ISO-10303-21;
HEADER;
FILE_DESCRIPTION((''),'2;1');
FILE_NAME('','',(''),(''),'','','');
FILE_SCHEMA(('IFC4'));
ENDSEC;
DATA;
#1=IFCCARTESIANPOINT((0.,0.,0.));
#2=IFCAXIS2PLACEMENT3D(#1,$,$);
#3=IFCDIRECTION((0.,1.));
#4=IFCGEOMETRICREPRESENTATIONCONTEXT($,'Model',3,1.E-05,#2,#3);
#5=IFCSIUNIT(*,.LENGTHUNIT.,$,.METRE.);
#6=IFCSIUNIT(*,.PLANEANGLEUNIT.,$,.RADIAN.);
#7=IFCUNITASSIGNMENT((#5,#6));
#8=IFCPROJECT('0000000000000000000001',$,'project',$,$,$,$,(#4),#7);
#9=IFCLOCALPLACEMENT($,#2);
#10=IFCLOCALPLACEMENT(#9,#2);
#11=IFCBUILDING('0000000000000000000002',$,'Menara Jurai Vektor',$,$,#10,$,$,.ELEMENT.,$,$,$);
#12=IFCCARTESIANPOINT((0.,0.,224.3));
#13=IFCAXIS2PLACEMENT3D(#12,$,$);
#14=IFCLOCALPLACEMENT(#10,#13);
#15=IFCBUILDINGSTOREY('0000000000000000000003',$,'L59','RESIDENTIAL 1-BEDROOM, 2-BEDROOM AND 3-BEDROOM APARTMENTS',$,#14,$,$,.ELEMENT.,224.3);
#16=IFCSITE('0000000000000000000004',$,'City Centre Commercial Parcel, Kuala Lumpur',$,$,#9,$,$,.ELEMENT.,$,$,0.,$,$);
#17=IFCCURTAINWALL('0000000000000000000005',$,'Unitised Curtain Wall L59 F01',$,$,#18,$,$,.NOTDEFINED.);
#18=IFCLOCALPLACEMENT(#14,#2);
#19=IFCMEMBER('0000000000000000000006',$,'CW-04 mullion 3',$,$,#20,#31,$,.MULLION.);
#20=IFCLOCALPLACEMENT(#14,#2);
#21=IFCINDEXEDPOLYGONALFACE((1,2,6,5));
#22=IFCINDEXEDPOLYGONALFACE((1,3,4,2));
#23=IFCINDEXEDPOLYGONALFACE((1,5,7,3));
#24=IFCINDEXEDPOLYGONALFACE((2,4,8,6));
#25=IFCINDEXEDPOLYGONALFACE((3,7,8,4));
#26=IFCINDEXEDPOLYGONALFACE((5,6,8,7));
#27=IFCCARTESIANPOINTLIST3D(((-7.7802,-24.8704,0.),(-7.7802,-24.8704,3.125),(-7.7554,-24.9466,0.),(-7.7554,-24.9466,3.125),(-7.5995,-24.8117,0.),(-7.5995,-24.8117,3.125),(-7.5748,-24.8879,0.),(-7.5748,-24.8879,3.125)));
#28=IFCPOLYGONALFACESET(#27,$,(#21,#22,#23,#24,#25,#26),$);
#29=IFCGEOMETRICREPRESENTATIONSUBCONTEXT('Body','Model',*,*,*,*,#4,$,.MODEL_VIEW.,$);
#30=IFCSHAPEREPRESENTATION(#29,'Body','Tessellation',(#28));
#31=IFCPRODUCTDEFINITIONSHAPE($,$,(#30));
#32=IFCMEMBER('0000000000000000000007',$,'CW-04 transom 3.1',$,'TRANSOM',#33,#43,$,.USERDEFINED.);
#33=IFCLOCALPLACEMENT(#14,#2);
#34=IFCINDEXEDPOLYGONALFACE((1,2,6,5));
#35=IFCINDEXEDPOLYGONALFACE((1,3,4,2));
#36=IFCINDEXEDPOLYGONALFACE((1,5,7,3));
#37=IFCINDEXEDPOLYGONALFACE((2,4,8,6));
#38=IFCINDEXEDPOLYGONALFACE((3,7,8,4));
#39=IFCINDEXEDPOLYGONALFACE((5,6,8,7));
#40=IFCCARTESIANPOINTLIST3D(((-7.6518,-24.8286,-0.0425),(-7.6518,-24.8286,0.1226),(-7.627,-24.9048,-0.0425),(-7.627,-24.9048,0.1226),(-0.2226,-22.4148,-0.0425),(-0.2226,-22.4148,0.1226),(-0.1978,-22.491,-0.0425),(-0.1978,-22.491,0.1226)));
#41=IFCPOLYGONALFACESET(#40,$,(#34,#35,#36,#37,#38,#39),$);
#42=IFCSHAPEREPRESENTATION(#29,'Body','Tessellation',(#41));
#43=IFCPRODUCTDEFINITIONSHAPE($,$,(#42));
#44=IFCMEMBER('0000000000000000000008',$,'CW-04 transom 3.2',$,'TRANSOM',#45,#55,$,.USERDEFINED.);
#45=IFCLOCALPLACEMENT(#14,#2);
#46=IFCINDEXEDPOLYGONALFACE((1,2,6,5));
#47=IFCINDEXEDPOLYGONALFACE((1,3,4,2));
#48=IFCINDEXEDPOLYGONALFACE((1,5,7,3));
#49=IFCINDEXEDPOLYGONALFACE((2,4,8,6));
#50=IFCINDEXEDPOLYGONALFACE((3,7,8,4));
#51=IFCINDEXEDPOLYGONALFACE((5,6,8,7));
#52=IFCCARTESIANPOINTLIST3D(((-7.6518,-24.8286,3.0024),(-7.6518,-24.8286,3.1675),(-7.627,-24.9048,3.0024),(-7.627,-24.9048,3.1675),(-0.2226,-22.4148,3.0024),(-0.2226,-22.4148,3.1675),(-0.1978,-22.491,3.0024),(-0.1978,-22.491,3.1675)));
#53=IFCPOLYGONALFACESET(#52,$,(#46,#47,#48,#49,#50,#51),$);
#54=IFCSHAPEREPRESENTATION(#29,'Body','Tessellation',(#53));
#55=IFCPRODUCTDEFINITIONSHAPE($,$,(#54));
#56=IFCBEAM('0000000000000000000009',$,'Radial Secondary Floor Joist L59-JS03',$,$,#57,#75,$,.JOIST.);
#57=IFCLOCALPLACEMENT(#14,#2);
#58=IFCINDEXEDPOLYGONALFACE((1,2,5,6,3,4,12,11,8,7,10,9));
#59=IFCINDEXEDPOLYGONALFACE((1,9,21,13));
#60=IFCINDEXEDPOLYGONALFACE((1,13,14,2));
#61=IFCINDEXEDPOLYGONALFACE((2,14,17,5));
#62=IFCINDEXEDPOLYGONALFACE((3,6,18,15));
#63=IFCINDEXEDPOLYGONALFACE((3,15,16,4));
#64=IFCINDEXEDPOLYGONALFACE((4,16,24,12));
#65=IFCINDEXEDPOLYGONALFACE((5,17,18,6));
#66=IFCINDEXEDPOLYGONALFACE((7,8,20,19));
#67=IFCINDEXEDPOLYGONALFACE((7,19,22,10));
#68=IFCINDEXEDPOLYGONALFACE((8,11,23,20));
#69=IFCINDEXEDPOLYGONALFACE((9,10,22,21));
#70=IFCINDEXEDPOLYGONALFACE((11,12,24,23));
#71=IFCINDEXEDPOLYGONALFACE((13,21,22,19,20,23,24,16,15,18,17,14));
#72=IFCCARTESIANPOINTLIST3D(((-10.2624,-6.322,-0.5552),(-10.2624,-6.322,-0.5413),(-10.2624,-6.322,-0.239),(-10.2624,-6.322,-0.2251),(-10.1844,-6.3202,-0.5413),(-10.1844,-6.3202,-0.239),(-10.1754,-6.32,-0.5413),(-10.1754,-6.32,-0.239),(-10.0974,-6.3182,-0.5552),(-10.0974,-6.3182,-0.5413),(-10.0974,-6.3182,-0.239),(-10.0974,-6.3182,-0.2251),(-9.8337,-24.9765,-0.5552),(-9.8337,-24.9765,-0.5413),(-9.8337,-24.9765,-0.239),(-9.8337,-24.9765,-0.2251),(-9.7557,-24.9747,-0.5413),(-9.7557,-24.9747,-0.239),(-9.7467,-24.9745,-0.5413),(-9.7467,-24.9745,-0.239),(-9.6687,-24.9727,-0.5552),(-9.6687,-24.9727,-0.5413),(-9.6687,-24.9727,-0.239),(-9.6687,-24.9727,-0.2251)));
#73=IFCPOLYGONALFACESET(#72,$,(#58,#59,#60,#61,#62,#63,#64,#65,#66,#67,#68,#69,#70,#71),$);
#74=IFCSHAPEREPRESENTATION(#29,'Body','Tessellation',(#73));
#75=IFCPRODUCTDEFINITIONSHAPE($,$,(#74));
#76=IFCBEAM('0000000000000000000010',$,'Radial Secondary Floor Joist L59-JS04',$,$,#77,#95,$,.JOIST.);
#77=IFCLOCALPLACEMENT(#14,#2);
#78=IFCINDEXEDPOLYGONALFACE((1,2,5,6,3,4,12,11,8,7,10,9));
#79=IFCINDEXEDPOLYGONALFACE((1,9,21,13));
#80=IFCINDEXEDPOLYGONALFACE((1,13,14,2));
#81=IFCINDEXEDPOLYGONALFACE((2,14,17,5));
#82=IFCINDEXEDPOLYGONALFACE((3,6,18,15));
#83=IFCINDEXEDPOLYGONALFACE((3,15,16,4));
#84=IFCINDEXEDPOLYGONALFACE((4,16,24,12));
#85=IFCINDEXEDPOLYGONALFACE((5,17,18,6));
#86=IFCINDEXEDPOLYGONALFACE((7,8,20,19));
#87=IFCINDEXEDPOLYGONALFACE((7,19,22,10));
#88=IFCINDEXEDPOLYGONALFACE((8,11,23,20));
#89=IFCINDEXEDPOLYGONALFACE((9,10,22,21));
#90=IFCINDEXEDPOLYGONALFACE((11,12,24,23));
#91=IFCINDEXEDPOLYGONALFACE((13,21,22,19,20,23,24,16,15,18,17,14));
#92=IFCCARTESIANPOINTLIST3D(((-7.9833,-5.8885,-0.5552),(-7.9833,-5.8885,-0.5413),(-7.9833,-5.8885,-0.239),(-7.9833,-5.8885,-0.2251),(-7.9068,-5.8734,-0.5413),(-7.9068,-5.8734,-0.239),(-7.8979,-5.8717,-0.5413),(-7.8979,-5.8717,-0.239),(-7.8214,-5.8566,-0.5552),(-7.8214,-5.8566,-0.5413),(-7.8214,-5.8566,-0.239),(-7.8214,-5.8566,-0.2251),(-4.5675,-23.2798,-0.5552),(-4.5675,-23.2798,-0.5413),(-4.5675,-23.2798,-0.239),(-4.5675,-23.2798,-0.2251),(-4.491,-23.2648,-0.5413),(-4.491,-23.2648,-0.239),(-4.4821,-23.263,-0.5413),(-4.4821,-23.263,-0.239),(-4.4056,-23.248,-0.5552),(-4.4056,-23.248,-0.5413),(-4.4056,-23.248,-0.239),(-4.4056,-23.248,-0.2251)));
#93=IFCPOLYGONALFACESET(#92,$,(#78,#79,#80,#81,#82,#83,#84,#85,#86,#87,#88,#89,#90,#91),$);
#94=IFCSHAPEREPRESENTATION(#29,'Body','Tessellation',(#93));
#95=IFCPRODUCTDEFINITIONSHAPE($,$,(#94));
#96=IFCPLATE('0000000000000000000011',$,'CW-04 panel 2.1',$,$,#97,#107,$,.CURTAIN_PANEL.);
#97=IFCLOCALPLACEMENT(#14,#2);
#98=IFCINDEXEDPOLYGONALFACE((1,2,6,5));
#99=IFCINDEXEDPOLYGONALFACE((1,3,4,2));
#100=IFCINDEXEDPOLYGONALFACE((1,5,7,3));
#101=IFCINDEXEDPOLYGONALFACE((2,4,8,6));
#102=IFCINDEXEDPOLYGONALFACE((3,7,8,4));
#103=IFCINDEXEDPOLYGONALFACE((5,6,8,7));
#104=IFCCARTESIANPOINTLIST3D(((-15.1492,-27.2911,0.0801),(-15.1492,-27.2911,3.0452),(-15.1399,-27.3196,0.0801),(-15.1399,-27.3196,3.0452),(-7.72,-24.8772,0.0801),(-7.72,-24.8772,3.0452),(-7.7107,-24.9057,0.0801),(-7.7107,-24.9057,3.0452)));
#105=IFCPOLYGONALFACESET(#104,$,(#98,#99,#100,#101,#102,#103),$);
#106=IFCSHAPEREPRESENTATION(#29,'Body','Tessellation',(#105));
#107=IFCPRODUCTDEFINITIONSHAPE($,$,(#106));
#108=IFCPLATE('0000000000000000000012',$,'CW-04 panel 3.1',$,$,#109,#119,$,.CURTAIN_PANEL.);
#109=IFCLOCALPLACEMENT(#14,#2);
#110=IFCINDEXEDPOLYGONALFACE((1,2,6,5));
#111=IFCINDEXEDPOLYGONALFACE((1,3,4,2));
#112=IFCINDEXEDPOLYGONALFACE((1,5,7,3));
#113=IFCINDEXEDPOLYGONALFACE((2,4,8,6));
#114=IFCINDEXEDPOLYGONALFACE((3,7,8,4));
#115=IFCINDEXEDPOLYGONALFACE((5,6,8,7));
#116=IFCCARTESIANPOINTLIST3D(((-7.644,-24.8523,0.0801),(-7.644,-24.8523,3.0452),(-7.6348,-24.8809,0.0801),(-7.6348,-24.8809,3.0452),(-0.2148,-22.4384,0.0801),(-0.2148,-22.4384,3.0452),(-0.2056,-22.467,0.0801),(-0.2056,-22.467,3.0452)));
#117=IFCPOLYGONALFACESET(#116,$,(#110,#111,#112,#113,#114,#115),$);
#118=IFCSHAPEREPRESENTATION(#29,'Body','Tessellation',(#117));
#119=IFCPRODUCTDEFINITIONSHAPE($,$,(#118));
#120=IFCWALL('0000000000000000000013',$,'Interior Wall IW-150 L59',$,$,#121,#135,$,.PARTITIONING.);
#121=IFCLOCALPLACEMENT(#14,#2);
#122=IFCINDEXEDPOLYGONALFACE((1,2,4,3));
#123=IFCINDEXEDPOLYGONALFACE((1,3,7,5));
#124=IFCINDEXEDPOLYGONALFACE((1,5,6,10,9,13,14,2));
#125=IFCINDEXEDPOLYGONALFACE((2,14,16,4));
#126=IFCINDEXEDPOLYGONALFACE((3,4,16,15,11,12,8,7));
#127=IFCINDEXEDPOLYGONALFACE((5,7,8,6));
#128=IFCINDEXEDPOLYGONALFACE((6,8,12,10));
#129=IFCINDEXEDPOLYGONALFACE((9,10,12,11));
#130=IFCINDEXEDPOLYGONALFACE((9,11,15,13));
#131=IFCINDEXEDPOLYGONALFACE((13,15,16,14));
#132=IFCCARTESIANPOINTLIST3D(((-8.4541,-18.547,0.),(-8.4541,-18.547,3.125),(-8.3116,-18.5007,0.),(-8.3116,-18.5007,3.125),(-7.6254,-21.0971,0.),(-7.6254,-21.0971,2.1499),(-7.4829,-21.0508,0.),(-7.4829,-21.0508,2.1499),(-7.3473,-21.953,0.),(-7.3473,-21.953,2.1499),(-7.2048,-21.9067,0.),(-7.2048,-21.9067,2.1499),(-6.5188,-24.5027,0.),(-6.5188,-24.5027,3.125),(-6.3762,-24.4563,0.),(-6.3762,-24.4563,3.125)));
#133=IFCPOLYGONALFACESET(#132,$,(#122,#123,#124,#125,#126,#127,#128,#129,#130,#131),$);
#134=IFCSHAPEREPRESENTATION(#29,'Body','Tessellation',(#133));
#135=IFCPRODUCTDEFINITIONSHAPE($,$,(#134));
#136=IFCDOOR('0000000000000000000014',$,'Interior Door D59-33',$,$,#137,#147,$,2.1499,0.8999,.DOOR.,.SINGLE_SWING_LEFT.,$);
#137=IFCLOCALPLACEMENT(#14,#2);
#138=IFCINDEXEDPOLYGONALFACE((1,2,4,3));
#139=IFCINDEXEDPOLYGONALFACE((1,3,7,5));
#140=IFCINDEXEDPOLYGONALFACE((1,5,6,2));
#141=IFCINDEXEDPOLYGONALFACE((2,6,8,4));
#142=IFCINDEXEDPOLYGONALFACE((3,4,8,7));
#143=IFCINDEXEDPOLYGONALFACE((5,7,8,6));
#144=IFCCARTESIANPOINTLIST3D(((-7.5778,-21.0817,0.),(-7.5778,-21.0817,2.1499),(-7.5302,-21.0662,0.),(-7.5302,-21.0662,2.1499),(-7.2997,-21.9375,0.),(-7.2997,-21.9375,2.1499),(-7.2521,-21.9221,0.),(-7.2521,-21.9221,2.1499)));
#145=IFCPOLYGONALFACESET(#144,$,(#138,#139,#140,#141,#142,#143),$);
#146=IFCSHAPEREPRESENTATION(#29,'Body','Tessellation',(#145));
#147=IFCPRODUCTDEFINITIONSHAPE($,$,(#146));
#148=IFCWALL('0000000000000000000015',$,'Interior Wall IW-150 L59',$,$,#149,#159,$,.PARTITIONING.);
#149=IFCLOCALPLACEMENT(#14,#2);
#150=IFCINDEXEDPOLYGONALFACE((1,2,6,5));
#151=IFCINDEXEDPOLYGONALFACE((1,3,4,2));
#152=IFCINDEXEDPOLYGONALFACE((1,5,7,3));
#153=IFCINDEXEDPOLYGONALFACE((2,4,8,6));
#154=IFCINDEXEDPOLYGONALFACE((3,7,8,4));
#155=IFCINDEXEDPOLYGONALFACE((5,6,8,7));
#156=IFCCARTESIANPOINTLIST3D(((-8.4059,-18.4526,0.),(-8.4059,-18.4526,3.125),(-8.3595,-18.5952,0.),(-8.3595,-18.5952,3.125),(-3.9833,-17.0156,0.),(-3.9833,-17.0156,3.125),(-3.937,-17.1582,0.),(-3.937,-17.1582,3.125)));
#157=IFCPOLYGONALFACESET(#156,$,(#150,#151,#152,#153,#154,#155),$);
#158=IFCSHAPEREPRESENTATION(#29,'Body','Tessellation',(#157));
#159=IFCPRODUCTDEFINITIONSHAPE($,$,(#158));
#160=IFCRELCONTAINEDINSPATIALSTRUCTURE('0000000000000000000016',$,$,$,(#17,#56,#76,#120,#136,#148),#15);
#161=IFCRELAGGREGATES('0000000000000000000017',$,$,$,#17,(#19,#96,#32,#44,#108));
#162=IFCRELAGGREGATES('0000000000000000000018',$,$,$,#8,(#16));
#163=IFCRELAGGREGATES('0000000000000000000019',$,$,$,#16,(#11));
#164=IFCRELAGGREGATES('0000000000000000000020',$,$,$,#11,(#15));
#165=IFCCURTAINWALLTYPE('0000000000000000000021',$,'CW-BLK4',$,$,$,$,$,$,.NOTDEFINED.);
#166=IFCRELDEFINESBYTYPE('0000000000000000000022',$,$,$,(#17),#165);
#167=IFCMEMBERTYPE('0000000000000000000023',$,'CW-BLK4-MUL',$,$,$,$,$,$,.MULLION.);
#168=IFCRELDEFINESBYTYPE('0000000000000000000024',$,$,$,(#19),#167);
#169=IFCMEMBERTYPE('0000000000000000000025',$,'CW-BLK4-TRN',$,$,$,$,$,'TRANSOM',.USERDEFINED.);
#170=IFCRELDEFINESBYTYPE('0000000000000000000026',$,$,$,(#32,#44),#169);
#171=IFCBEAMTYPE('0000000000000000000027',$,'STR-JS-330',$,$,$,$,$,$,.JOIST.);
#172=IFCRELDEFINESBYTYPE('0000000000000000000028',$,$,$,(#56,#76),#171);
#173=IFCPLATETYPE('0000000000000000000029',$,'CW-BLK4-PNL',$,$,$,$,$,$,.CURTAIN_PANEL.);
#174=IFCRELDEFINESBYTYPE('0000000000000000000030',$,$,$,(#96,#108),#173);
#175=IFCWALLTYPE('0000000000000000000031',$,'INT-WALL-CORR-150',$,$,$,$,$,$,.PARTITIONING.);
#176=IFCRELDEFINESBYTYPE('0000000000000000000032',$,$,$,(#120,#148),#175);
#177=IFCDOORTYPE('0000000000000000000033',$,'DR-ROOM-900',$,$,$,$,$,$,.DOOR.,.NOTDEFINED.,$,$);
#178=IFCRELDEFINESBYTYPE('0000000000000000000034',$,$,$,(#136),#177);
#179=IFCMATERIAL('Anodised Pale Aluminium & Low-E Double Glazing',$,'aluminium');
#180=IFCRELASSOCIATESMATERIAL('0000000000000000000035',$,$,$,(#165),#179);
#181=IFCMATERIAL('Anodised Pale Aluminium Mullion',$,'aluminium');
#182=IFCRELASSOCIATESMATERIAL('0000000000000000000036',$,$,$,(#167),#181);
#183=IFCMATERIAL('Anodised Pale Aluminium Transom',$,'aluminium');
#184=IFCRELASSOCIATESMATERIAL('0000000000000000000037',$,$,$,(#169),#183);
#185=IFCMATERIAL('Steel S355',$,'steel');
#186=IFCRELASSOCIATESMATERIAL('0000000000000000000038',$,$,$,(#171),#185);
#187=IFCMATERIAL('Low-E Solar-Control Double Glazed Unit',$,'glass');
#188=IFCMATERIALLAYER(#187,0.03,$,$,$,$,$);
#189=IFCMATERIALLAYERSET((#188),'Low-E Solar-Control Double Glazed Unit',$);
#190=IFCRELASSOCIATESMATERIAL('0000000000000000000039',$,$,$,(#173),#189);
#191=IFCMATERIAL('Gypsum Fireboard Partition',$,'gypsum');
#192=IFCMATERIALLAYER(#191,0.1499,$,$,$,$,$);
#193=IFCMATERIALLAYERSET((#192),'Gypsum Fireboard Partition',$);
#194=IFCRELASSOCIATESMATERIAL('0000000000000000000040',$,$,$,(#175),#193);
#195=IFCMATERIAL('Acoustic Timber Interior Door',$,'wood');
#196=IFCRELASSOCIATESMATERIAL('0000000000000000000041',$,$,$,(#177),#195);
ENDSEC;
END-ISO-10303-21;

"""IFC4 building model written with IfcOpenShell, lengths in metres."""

from ifc_helpers import new_model, si_unit, direction, frame, frame_2d, origin, origin_2d, place, context, subcontext, project, spatial, rectangle, i_section, extrude, material, layer, layer_set, material_profile, profile_set, type_object, element, fill, aggregate, save


model = new_model("IFC4")

# Units and contexts
model_context = context("Model", 3, precision=1e-05, world=origin(), true_north=direction((0.0, 1.0)))
body_context = subcontext(model_context, "Body", "Model", "MODEL_VIEW")
ifc_project = project(units=[si_unit("LENGTHUNIT", "METRE"), si_unit("PLANEANGLEUNIT", "RADIAN")], contexts=[model_context])

# Site, building, storey
site_placement = place(None, origin())
site = spatial("IfcSite", under=ifc_project, at=site_placement, Name="City Centre Commercial Parcel, Kuala Lumpur", CompositionType="ELEMENT", RefElevation=0.0)
building_placement = place(site_placement, origin())
building = spatial("IfcBuilding", under=site, at=building_placement, Name="Menara Jurai Vektor", CompositionType="ELEMENT")
storey_placement = place(building_placement, frame((0.0, 0.0, 224.3)))
storey = spatial("IfcBuildingStorey", under=building, at=storey_placement, Name="L59", Description="RESIDENTIAL 1-BEDROOM, 2-BEDROOM AND 3-BEDROOM APARTMENTS", CompositionType="ELEMENT", Elevation=224.3)

# Curtain wall, members
ifc_material_1 = material(Name="Anodised Pale Aluminium & Low-E Double Glazing", Category="aluminium")
curtain_wall_type = type_object("IfcCurtainWallType", Name="CW-BLK4", PredefinedType="NOTDEFINED", material=ifc_material_1)
curtain_wall_placement = place(storey_placement, origin())
curtain_wall = element("IfcCurtainWall", 1, at=curtain_wall_placement, inside=storey, type_object=curtain_wall_type, Name="Unitised Curtain Wall L59 F01", PredefinedType="NOTDEFINED")
ifc_material_2 = material(Name="Anodised Pale Aluminium Mullion", Category="aluminium")
ifc_material_profile_1 = material_profile(ifc_material_2, rectangle(XDim=0.0801, YDim=0.1899, at=origin_2d()), Name="ALU MUL 80x190")
ifc_profile_set_1 = profile_set([ifc_material_profile_1], Name="Anodised Pale Aluminium Mullion")
member_type_1 = type_object("IfcMemberType", Name="CW-BLK4-MUL", PredefinedType="MULLION", material=ifc_profile_set_1)
member_1_placement = place(storey_placement, frame((-7.6775, -24.8792, 0.0), z_axis=(0.0, 0.0, 1.0), x_axis=(-0.309017, 0.951056, 0.0)))
member_1 = element("IfcMember", 2, at=member_1_placement, type_object=member_type_1, Name="CW-04 mullion 3", PredefinedType="MULLION", context=body_context, shape_type="SweptSolid", body=[
    extrude(rectangle(XDim=0.0801, YDim=0.1899, at=origin_2d()), origin(), (0.0, 0.0, 1.0), 3.125),
])
ifc_material_3 = material(Name="Anodised Pale Aluminium Transom", Category="aluminium")
ifc_material_profile_2 = material_profile(ifc_material_3, rectangle(XDim=0.0801, YDim=0.165, at=origin_2d()), Name="ALU TRN 80x165")
ifc_profile_set_2 = profile_set([ifc_material_profile_2], Name="Anodised Pale Aluminium Transom")
member_type_2 = type_object("IfcMemberType", Name="CW-BLK4-TRN", ElementType="TRANSOM", PredefinedType="USERDEFINED", material=ifc_profile_set_2)
member_2_placement = place(storey_placement, frame((-7.6394, -24.8667, 0.04), z_axis=(0.951059, 0.309008, 0.0), x_axis=(-0.309008, 0.951059, 0.0)))
member_2 = element("IfcMember", 3, at=member_2_placement, type_object=member_type_2, Name="CW-04 transom 3.1", ObjectType="TRANSOM", PredefinedType="USERDEFINED", context=body_context, shape_type="SweptSolid", body=[
    extrude(rectangle(XDim=0.0801, YDim=0.165, at=origin_2d()), origin(), (0.0, 0.0, 1.0), 7.8115),
])
member_3_placement = place(storey_placement, frame((-7.6394, -24.8667, 3.085), z_axis=(0.951059, 0.309008, 0.0), x_axis=(-0.309008, 0.951059, 0.0)))
member_3 = element("IfcMember", 4, at=member_3_placement, type_object=member_type_2, Name="CW-04 transom 3.2", ObjectType="TRANSOM", PredefinedType="USERDEFINED", context=body_context, shape_type="SweptSolid", body=[
    extrude(rectangle(XDim=0.0801, YDim=0.165, at=origin_2d()), origin(), (0.0, 0.0, 1.0), 7.8115),
])

# Beams
ifc_material_4 = material(Name="Steel S355", Category="steel")
ifc_material_profile_3 = material_profile(ifc_material_4, i_section(OverallWidth=0.165, OverallDepth=0.3301, WebThickness=0.009, FlangeThickness=0.0139, at=origin_2d()), Name="PG 330x165x46")
ifc_profile_set_3 = profile_set([ifc_material_profile_3], Name="Steel S355")
beam_type = type_object("IfcBeamType", Name="STR-JS-330", PredefinedType="JOIST", material=ifc_profile_set_3)
beam_1_placement = place(storey_placement, frame((-9.7512, -24.9746, -0.3901), z_axis=(-0.022976, 0.999736, 0.0), x_axis=(-0.999736, -0.022976, 0.0)))
element("IfcBeam", 5, at=beam_1_placement, inside=storey, type_object=beam_type, Name="Radial Secondary Floor Joist L59-JS03", PredefinedType="JOIST", context=body_context, shape_type="SweptSolid", body=[
    extrude(i_section(OverallWidth=0.165, OverallDepth=0.3301, WebThickness=0.009, FlangeThickness=0.0139, at=origin_2d()), origin(), (0.0, 0.0, 1.0), 18.6594),
])
beam_2_placement = place(storey_placement, frame((-4.4866, -23.2639, -0.3901), z_axis=(-0.192724, 0.981253, 0.0), x_axis=(-0.981253, -0.192724, 0.0)))
element("IfcBeam", 6, at=beam_2_placement, inside=storey, type_object=beam_type, Name="Radial Secondary Floor Joist L59-JS04", PredefinedType="JOIST", context=body_context, shape_type="SweptSolid", body=[
    extrude(i_section(OverallWidth=0.165, OverallDepth=0.3301, WebThickness=0.009, FlangeThickness=0.0139, at=origin_2d()), origin(), (0.0, 0.0, 1.0), 17.7236),
])

# Plates
ifc_material_5 = material(Name="Low-E Solar-Control Double Glazed Unit", Category="glass")
ifc_layer_1 = layer(ifc_material_5, 0.03)
ifc_layer_set_1 = layer_set([ifc_layer_1], Name="Low-E Solar-Control Double Glazed Unit")
plate_type = type_object("IfcPlateType", Name="CW-BLK4-PNL", PredefinedType="CURTAIN_PANEL", material=ifc_layer_set_1)
plate_1_placement = place(storey_placement, frame((-11.4299, -26.0984, 0.0801), z_axis=(0.0, 0.0, 1.0), x_axis=(0.951056, 0.309017, 0.0)))
plate_1 = element("IfcPlate", 7, at=plate_1_placement, type_object=plate_type, Name="CW-04 panel 2.1", PredefinedType="CURTAIN_PANEL", context=body_context, shape_type="SweptSolid", body=[
    extrude(rectangle(XDim=7.8115, YDim=0.03, at=origin_2d()), origin(), (0.0, 0.0, 1.0), 2.9651),
])
plate_2_placement = place(storey_placement, frame((-3.9248, -23.6597, 0.0801), z_axis=(0.0, 0.0, 1.0), x_axis=(0.951056, 0.309017, 0.0)))
plate_2 = element("IfcPlate", 8, at=plate_2_placement, type_object=plate_type, Name="CW-04 panel 3.1", PredefinedType="CURTAIN_PANEL", context=body_context, shape_type="SweptSolid", body=[
    extrude(rectangle(XDim=7.8115, YDim=0.03, at=origin_2d()), origin(), (0.0, 0.0, 1.0), 2.9651),
])
aggregate(curtain_wall, [member_1, plate_1, member_2, member_3, plate_2])

# Wall, opening, door
ifc_material_6 = material(Name="Gypsum Fireboard Partition", Category="gypsum")
ifc_layer_2 = layer(ifc_material_6, 0.1499)
ifc_layer_set_2 = layer_set([ifc_layer_2], Name="Gypsum Fireboard Partition")
wall_type = type_object("IfcWallType", Name="INT-WALL-CORR-150", PredefinedType="PARTITIONING", material=ifc_layer_set_2)
wall_1_placement = place(storey_placement, frame((-6.4475, -24.4795, 0.0), z_axis=(0.0, 0.0, 1.0), x_axis=(-0.309049, 0.951046, 0.0)))
wall_1 = element("IfcWall", 9, at=wall_1_placement, inside=storey, type_object=wall_type, Name="Interior Wall IW-150 L59", PredefinedType="PARTITIONING", context=body_context, shape_type="SweptSolid", body=[
    extrude(rectangle(XDim=6.2622, YDim=0.1499, at=frame_2d((3.1311, 0.0))), origin(), (0.0, 0.0, 1.0), 3.125),
])
opening_1_placement = place(wall_1_placement, frame((2.6809, 0.0, 0.0)))
opening_1 = element("IfcOpeningElement", 10, at=opening_1_placement, cuts=wall_1, PredefinedType="OPENING", context=body_context, shape_type="SweptSolid", body=[
    extrude(rectangle(XDim=0.8999, YDim=2.1499, at=frame_2d((0.45, 1.075))), frame((0.0, 0.085, 0.0), z_axis=(0.0, -1.0, 0.0), x_axis=(1.0, 0.0, 0.0)), (0.0, 0.0, 1.0), 0.1699),
])
ifc_material_7 = material(Name="Acoustic Timber Interior Door", Category="wood")
door_type_1 = type_object("IfcDoorType", Name="DR-ROOM-900", OperationType="NOTDEFINED", PredefinedType="DOOR", material=ifc_material_7)
door_1_placement = place(opening_1_placement, origin())
door_1 = element("IfcDoor", 11, at=door_1_placement, inside=storey, type_object=door_type_1, Name="Interior Door D59-33", OperationType="SINGLE_SWING_LEFT", OverallHeight=2.1499, OverallWidth=0.8999, PredefinedType="DOOR", context=body_context, shape_type="SweptSolid", body=[
    extrude(rectangle(XDim=0.8999, YDim=2.1499, at=frame_2d((0.45, 1.075))), frame((0.0, 0.0249, 0.0), z_axis=(0.0, -1.0, 0.0), x_axis=(1.0, 0.0, 0.0)), (0.0, 0.0, 1.0), 0.05),
])
fill(opening_1, door_1)

# Wall
wall_2_placement = place(storey_placement, frame((-8.3828, -18.5239, 0.0), z_axis=(0.0, 0.0, 1.0), x_axis=(0.951055, 0.309021, 0.0)))
element("IfcWall", 12, at=wall_2_placement, inside=storey, type_object=wall_type, Name="Interior Wall IW-150 L59", PredefinedType="PARTITIONING", context=body_context, shape_type="SweptSolid", body=[
    extrude(rectangle(XDim=4.6501, YDim=0.1499, at=frame_2d((2.3252, 0.0))), origin(), (0.0, 0.0, 1.0), 3.125),
])

save(model, "model.ifc")
